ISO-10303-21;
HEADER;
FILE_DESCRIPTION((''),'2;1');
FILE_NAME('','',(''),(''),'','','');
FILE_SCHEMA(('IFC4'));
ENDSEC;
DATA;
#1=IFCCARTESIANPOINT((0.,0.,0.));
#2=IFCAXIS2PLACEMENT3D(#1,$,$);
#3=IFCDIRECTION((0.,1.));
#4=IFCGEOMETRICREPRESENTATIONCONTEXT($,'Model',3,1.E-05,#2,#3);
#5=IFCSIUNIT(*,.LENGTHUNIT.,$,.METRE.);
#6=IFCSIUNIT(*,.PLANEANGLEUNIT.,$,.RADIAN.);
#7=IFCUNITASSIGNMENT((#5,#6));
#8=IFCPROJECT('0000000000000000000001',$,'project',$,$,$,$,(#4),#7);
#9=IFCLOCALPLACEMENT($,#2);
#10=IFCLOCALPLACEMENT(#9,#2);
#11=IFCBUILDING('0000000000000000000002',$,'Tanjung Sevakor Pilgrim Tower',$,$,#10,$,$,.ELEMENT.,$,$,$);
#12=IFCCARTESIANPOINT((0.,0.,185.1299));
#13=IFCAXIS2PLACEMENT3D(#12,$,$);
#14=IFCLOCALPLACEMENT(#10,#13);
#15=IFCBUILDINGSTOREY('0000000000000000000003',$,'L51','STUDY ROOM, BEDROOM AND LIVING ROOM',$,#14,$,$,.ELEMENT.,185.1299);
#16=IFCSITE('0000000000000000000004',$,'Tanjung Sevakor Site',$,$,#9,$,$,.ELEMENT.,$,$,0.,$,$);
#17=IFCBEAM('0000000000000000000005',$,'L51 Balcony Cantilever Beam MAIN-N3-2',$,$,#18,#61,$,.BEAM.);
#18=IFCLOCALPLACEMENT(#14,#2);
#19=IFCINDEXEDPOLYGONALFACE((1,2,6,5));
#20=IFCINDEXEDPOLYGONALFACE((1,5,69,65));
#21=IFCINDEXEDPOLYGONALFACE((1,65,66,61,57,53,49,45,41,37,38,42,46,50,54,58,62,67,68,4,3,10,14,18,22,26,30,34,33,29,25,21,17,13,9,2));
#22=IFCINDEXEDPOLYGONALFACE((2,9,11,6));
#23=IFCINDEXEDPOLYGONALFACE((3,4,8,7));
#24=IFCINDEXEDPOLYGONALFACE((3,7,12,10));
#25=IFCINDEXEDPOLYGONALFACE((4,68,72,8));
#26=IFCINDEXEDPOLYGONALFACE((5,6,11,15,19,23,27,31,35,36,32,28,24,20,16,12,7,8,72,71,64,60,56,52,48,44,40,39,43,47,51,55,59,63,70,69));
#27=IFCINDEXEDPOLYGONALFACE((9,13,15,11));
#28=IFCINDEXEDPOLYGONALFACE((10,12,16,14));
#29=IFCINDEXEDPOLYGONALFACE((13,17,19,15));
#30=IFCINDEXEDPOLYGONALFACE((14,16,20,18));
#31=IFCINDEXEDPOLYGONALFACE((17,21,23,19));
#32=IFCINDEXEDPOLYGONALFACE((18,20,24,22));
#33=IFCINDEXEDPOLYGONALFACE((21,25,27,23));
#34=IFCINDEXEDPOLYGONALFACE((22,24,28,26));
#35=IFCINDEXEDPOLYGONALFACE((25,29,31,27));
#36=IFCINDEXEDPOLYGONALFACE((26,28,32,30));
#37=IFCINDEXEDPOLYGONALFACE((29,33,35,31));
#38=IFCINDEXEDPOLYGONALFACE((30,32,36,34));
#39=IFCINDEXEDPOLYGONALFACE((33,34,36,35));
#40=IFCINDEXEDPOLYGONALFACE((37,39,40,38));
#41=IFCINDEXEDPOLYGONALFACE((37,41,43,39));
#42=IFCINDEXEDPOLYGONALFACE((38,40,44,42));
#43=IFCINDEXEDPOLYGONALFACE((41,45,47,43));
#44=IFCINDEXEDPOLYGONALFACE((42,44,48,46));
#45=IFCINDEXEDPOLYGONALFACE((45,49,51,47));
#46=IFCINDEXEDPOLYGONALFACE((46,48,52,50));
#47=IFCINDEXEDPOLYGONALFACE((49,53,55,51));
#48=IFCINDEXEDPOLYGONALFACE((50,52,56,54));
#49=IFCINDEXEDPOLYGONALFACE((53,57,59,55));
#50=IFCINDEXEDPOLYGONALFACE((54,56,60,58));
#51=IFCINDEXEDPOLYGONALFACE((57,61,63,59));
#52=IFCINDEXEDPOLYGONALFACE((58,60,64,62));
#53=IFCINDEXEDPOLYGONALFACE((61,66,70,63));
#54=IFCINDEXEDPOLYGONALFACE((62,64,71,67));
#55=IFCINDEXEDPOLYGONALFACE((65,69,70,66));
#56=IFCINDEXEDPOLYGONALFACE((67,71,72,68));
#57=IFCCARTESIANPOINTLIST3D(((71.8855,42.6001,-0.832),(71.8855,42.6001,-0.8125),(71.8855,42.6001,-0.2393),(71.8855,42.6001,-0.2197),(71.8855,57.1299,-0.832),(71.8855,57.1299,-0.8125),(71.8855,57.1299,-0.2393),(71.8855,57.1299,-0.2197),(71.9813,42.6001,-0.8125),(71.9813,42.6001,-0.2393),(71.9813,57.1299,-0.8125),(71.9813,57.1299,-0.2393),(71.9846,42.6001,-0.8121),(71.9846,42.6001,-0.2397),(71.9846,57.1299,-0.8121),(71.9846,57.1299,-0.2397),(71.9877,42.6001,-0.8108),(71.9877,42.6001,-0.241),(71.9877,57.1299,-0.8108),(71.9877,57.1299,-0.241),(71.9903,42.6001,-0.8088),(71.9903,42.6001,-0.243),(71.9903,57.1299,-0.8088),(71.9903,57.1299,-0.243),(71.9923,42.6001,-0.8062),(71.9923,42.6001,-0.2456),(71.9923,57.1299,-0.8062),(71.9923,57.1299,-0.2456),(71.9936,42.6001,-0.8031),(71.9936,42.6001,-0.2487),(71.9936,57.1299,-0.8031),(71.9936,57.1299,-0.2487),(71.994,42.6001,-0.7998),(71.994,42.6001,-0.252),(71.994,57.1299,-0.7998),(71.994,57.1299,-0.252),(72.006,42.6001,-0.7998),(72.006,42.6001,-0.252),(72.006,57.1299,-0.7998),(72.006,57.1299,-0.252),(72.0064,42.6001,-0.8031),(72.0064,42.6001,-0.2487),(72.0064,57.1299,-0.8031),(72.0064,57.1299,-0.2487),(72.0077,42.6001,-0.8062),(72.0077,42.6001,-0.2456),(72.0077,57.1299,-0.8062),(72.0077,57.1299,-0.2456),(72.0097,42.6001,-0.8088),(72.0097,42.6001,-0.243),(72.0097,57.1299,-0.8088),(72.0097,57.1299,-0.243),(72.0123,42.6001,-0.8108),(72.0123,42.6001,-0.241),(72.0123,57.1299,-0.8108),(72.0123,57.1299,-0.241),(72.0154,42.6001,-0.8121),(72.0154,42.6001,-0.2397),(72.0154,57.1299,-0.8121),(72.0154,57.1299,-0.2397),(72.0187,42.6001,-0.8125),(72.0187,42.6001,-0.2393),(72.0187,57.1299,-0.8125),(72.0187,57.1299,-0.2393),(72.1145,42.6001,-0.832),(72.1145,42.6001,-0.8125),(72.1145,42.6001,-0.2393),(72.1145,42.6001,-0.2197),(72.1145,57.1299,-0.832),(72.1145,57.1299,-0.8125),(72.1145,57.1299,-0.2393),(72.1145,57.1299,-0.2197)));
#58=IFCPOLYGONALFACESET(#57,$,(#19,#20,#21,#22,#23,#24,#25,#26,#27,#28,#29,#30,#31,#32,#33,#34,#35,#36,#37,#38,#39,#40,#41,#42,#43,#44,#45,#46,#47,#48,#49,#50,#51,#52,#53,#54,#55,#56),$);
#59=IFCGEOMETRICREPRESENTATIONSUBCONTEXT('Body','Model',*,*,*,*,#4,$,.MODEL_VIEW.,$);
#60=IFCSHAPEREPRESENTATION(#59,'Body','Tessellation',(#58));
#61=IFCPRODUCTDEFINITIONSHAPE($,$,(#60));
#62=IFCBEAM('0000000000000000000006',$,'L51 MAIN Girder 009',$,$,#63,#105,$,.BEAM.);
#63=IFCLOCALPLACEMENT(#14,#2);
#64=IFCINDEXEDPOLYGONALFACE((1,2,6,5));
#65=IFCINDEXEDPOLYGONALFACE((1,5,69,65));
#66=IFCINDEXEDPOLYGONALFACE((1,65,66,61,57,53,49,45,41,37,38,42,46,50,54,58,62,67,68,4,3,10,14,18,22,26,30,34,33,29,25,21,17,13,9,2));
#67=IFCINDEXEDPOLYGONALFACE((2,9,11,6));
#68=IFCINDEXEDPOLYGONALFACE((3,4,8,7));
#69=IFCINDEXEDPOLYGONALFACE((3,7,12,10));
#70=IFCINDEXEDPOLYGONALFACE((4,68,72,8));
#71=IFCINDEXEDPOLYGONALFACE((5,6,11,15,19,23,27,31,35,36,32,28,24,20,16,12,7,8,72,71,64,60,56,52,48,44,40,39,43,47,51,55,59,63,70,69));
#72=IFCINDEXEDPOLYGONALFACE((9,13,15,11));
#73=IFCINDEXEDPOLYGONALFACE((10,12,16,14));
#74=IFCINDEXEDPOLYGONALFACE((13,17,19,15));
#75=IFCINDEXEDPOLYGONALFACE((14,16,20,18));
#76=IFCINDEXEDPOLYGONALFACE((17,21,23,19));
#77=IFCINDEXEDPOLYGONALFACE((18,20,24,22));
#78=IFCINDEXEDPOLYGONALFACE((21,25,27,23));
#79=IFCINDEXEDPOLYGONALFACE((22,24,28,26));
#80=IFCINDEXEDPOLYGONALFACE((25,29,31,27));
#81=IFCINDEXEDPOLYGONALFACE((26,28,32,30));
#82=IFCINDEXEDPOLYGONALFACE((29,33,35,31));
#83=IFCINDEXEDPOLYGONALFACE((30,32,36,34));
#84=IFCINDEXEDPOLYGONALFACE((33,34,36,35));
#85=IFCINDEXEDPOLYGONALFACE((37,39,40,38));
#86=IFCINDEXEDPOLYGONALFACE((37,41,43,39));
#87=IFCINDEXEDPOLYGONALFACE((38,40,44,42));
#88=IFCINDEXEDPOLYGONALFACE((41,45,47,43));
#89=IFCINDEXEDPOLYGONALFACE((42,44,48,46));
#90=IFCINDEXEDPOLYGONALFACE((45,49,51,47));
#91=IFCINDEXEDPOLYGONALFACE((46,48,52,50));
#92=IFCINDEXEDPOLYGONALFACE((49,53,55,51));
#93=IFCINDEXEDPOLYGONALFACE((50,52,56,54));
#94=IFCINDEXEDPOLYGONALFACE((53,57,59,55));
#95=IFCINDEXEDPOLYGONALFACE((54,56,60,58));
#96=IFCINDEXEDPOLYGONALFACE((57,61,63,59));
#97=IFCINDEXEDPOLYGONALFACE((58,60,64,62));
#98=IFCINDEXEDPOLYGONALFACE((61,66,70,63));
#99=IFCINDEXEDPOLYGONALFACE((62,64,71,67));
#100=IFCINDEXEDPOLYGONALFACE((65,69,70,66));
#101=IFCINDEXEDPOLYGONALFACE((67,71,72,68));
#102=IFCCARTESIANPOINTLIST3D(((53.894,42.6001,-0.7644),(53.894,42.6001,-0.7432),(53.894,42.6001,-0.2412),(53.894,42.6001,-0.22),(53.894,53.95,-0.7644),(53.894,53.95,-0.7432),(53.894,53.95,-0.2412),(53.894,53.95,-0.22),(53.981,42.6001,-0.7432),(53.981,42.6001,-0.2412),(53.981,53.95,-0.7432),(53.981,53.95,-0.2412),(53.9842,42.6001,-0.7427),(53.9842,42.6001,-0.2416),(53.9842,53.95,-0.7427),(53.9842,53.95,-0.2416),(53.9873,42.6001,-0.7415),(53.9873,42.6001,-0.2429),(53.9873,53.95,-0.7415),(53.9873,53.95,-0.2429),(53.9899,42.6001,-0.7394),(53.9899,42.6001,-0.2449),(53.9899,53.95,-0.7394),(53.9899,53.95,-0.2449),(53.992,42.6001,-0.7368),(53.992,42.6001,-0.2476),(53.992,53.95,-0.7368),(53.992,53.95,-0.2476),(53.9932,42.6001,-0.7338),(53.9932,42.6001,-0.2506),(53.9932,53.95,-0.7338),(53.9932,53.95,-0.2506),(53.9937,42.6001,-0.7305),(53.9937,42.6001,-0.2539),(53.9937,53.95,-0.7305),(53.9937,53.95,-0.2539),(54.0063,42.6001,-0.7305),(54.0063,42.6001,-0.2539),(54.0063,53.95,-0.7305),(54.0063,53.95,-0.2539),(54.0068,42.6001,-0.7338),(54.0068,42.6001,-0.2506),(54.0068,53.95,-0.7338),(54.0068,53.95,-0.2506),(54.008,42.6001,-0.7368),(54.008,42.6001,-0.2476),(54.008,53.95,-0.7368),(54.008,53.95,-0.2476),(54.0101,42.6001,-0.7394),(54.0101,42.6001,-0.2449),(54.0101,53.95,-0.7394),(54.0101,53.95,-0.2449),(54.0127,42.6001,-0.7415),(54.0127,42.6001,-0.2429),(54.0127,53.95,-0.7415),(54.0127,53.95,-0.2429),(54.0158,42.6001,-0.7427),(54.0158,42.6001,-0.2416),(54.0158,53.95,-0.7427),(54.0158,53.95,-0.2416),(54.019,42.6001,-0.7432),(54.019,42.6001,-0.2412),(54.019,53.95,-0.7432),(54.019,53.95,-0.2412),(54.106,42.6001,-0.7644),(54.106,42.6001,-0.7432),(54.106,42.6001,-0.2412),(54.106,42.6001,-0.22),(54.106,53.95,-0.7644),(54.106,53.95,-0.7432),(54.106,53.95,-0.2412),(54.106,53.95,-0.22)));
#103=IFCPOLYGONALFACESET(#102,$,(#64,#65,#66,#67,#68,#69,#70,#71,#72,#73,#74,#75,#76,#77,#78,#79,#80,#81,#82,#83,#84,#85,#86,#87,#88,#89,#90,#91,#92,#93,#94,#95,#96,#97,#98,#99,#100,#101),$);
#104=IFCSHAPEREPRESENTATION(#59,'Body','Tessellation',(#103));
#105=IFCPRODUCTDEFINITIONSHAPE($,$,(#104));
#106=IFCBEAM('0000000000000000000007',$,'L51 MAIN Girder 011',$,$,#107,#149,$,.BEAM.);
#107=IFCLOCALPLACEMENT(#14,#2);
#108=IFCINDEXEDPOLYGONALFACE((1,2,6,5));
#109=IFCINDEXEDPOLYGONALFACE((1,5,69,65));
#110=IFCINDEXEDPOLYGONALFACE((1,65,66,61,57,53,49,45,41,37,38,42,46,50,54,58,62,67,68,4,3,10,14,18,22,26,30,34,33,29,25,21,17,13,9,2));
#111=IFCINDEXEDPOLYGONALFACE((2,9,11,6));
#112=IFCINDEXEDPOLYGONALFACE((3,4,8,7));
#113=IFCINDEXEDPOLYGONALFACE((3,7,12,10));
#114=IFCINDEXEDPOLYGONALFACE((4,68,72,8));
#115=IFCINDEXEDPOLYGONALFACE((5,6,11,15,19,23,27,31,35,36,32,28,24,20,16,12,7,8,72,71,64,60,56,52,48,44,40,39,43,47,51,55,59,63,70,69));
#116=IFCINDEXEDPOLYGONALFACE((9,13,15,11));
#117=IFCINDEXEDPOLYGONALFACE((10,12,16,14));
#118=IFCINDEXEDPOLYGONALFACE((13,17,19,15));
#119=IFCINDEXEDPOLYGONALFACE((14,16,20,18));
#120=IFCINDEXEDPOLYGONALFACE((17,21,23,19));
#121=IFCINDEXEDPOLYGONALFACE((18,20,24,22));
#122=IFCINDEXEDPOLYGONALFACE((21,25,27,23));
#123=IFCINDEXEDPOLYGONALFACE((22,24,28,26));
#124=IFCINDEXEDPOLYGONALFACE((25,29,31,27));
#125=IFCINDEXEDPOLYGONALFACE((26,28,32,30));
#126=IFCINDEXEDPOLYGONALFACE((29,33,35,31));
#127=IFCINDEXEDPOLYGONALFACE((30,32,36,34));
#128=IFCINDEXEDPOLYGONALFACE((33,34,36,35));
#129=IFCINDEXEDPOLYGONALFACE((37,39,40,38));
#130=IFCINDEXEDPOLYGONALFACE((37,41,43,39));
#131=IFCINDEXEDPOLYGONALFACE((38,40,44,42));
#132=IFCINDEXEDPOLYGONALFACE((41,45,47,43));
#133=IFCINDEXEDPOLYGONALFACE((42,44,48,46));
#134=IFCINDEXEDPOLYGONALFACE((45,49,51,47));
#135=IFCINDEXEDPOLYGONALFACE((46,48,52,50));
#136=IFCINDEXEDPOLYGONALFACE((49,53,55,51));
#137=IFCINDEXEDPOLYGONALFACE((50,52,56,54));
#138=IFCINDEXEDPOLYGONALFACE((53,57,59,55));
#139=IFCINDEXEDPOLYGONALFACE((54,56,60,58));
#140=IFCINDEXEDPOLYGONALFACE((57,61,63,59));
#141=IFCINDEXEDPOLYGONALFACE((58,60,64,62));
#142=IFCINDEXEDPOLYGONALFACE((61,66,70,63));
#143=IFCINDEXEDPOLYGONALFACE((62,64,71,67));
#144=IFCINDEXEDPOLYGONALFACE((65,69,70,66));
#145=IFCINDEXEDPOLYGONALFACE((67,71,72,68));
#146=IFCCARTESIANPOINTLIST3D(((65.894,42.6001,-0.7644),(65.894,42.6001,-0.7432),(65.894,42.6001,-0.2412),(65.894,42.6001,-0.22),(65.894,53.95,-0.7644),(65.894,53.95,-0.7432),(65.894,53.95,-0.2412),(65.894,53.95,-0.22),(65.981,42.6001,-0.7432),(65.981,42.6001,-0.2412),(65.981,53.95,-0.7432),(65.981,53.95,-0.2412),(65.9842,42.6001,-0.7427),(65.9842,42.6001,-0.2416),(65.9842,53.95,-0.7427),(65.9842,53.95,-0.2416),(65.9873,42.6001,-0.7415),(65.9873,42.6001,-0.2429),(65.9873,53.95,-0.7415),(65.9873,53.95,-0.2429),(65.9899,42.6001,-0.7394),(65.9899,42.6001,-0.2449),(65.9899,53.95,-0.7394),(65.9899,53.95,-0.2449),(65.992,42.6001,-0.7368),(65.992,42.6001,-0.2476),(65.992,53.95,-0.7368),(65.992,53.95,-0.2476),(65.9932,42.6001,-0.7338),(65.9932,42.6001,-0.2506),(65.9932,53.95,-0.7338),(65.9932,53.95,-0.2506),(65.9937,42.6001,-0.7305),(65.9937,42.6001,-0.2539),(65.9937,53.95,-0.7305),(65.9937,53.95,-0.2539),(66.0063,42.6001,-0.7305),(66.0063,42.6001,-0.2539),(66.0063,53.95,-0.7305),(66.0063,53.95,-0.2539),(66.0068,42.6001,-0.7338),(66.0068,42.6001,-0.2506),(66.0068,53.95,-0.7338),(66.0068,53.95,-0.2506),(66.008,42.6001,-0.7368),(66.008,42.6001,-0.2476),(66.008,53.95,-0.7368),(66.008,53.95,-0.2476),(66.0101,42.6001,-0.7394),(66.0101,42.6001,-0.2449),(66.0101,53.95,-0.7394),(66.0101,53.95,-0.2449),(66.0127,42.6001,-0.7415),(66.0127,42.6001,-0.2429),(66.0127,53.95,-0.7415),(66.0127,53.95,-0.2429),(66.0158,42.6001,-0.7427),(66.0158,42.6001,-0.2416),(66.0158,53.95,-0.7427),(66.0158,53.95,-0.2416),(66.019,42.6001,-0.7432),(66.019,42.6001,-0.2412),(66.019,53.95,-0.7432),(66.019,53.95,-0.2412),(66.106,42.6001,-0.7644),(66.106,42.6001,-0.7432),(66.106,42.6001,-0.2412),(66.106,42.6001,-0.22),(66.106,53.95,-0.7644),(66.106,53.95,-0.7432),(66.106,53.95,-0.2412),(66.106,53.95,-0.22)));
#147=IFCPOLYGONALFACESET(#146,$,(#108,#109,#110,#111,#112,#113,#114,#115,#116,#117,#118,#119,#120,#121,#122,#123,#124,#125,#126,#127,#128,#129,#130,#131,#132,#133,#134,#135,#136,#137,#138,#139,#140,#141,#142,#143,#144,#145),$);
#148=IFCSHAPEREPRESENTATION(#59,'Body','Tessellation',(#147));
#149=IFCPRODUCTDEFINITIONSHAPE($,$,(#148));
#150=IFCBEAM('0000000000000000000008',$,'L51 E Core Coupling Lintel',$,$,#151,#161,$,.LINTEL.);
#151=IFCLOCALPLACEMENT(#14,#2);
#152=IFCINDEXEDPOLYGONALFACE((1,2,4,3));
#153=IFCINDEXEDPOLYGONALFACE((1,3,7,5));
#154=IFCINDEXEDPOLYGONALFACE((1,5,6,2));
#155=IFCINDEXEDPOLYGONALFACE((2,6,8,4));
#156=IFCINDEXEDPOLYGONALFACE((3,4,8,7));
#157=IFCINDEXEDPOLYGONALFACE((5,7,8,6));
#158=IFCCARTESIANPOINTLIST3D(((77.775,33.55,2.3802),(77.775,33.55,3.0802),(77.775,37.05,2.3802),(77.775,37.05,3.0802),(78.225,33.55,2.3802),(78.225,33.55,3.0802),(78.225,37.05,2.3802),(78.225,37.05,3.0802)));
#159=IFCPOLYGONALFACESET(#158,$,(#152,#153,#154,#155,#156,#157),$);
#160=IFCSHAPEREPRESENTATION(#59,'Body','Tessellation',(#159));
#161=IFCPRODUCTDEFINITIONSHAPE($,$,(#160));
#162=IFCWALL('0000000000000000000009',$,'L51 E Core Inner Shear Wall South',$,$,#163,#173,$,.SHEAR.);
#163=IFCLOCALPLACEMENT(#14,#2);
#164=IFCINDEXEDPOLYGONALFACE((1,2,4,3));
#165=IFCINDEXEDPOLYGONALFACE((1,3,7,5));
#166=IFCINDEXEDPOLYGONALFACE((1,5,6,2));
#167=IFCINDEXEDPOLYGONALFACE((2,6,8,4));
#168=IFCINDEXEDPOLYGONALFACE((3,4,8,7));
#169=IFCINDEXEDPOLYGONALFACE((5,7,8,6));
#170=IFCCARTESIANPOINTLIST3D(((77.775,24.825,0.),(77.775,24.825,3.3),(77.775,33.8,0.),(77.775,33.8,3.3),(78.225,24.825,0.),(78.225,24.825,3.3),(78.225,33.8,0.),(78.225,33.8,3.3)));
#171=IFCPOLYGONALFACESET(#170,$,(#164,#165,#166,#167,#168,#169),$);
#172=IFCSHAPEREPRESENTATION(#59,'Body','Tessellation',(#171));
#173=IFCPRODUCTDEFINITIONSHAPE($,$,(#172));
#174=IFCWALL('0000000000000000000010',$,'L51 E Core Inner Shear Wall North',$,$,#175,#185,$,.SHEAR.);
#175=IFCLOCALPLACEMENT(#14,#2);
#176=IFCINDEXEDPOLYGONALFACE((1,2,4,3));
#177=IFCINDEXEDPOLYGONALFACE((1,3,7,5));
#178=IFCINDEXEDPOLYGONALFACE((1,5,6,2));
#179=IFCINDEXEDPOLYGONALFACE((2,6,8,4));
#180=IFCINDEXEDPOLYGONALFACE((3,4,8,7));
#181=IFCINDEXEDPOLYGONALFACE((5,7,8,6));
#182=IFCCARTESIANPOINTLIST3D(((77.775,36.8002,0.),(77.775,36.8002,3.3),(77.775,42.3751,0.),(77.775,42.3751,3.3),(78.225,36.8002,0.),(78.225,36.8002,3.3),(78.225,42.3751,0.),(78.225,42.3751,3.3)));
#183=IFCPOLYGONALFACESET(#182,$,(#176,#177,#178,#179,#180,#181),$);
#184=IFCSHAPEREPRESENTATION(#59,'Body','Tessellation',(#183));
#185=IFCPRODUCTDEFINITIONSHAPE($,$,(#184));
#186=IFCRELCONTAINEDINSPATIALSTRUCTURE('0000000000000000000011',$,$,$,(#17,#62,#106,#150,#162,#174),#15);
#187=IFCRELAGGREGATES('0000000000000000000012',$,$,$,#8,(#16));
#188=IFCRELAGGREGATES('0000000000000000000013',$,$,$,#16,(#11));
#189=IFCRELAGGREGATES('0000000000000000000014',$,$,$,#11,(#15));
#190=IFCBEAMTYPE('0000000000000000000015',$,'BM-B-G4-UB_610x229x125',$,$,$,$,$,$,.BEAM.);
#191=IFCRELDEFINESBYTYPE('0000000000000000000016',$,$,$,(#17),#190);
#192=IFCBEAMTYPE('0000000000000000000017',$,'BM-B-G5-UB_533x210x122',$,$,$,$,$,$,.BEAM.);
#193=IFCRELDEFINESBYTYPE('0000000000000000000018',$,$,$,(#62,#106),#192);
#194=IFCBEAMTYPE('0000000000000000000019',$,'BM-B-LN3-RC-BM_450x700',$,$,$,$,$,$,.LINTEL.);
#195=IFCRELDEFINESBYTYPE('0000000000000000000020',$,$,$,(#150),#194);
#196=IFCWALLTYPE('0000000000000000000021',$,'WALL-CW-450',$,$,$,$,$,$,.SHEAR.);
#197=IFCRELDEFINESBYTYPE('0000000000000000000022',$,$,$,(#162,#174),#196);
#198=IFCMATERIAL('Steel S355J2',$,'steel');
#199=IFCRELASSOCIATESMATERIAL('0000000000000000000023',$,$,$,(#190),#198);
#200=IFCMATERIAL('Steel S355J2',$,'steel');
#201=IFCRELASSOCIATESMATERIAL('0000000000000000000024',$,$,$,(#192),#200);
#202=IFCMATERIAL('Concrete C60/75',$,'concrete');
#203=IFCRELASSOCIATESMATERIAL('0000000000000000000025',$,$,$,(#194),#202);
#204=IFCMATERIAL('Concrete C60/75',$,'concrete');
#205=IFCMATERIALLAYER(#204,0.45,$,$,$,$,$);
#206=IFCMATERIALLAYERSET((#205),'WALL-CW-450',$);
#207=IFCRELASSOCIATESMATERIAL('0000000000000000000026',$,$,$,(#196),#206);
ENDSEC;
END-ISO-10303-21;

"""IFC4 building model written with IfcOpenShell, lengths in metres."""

from ifc_helpers import new_model, si_unit, direction, frame, frame_2d, origin, origin_2d, place, context, subcontext, project, spatial, rectangle, i_section, extrude, material, layer, layer_set, material_profile, profile_set, type_object, element, save


model = new_model("IFC4")

# Units and contexts
model_context = context("Model", 3, precision=1e-05, world=origin(), true_north=direction((0.0, 1.0)))
body_context = subcontext(model_context, "Body", "Model", "MODEL_VIEW")
ifc_project = project(units=[si_unit("LENGTHUNIT", "METRE"), si_unit("PLANEANGLEUNIT", "RADIAN")], contexts=[model_context])

# Site, building, storey
site_placement = place(None, origin())
site = spatial("IfcSite", under=ifc_project, at=site_placement, Name="Tanjung Sevakor Site", CompositionType="ELEMENT", RefElevation=0.0)
building_placement = place(site_placement, origin())
building = spatial("IfcBuilding", under=site, at=building_placement, Name="Tanjung Sevakor Pilgrim Tower", CompositionType="ELEMENT")
storey_placement = place(building_placement, frame((0.0, 0.0, 185.1299)))
storey = spatial("IfcBuildingStorey", under=building, at=storey_placement, Name="L51", Description="STUDY ROOM, BEDROOM AND LIVING ROOM", CompositionType="ELEMENT", Elevation=185.1299)

# Beams
ifc_material_1 = material(Name="Steel S355J2", Category="steel")
ifc_material_profile_1 = material_profile(ifc_material_1, i_section(OverallWidth=0.229, OverallDepth=0.6123, WebThickness=0.012, FlangeThickness=0.0195, FilletRadius=0.0127, at=origin_2d()))
ifc_profile_set_1 = profile_set([ifc_material_profile_1], Name="Steel S355J2")
beam_type_1 = type_object("IfcBeamType", Name="BM-B-G4-UB_610x229x125", PredefinedType="BEAM", material=ifc_profile_set_1)
beam_1_placement = place(storey_placement, frame((72.0, 42.6001, -0.5259), z_axis=(0.0, 1.0, 0.0), x_axis=(-1.0, 0.0, 0.0)))
element("IfcBeam", 1, at=beam_1_placement, inside=storey, type_object=beam_type_1, Name="L51 Balcony Cantilever Beam MAIN-N3-2", PredefinedType="BEAM", context=body_context, shape_type="SweptSolid", body=[
    extrude(i_section(OverallWidth=0.229, OverallDepth=0.6123, WebThickness=0.012, FlangeThickness=0.0195, FilletRadius=0.0127, at=origin_2d()), origin(), (0.0, 0.0, 1.0), 14.5298),
])
ifc_material_2 = material(Name="Steel S355J2", Category="steel")
ifc_material_profile_2 = material_profile(ifc_material_2, i_section(OverallWidth=0.2119, OverallDepth=0.5444, WebThickness=0.0127, FlangeThickness=0.0212, FilletRadius=0.0127, at=origin_2d()))
ifc_profile_set_2 = profile_set([ifc_material_profile_2], Name="Steel S355J2")
beam_type_2 = type_object("IfcBeamType", Name="BM-B-G5-UB_533x210x122", PredefinedType="BEAM", material=ifc_profile_set_2)
for number, where, z_axis, x_axis, name in (
    (2, (54.0, 42.6001, -0.4922), (0.0, 1.0, 0.0), (-1.0, 0.0, 0.0), "L51 MAIN Girder 009"),
    (3, (66.0, 42.6001, -0.4922), (0.0, 1.0, 0.0), (-1.0, 0.0, 0.0), "L51 MAIN Girder 011"),
):
    element("IfcBeam", number, at=place(storey_placement, frame(where, z_axis=z_axis, x_axis=x_axis)), inside=storey, type_object=beam_type_2, Name=name, PredefinedType="BEAM", context=body_context, shape_type="SweptSolid", body=[
        extrude(i_section(OverallWidth=0.2119, OverallDepth=0.5444, WebThickness=0.0127, FlangeThickness=0.0212, FilletRadius=0.0127, at=origin_2d()), origin(), (0.0, 0.0, 1.0), 11.3499),
    ])
ifc_material_3 = material(Name="Concrete C60/75", Category="concrete")
ifc_material_profile_3 = material_profile(ifc_material_3, rectangle(XDim=0.45, YDim=0.7, at=origin_2d()))
ifc_profile_set_3 = profile_set([ifc_material_profile_3], Name="Concrete C60/75")
beam_type_3 = type_object("IfcBeamType", Name="BM-B-LN3-RC-BM_450x700", PredefinedType="LINTEL", material=ifc_profile_set_3)
beam_2_placement = place(storey_placement, frame((78.0, 33.55, 2.7302), z_axis=(0.0, 1.0, 0.0), x_axis=(-1.0, 0.0, 0.0)))
element("IfcBeam", 4, at=beam_2_placement, inside=storey, type_object=beam_type_3, Name="L51 E Core Coupling Lintel", PredefinedType="LINTEL", context=body_context, shape_type="SweptSolid", body=[
    extrude(rectangle(XDim=0.45, YDim=0.7, at=origin_2d()), origin(), (0.0, 0.0, 1.0), 3.5),
])

# Walls
ifc_material_4 = material(Name="Concrete C60/75", Category="concrete")
ifc_layer_1 = layer(ifc_material_4, 0.45)
ifc_layer_set_1 = layer_set([ifc_layer_1], Name="WALL-CW-450")
wall_type_1 = type_object("IfcWallType", Name="WALL-CW-450", PredefinedType="SHEAR", material=ifc_layer_set_1)
wall_1_placement = place(storey_placement, frame((78.0, 24.825, 0.0), z_axis=(0.0, 0.0, 1.0), x_axis=(0.0, 1.0, 0.0)))
element("IfcWall", 5, at=wall_1_placement, inside=storey, type_object=wall_type_1, Name="L51 E Core Inner Shear Wall South", PredefinedType="SHEAR", context=body_context, shape_type="SweptSolid", body=[
    extrude(rectangle(XDim=8.9751, YDim=0.45, at=frame_2d((4.4875, 0.0))), origin(), (0.0, 0.0, 1.0), 3.3),
])
wall_2_placement = place(storey_placement, frame((78.0, 36.8, 0.0), z_axis=(0.0, 0.0, 1.0), x_axis=(0.0, 1.0, 0.0)))
element("IfcWall", 6, at=wall_2_placement, inside=storey, type_object=wall_type_1, Name="L51 E Core Inner Shear Wall North", PredefinedType="SHEAR", context=body_context, shape_type="SweptSolid", body=[
    extrude(rectangle(XDim=5.575, YDim=0.45, at=frame_2d((2.7876, 0.0))), origin(), (0.0, 0.0, 1.0), 3.3),
])

save(model, "model.ifc")
